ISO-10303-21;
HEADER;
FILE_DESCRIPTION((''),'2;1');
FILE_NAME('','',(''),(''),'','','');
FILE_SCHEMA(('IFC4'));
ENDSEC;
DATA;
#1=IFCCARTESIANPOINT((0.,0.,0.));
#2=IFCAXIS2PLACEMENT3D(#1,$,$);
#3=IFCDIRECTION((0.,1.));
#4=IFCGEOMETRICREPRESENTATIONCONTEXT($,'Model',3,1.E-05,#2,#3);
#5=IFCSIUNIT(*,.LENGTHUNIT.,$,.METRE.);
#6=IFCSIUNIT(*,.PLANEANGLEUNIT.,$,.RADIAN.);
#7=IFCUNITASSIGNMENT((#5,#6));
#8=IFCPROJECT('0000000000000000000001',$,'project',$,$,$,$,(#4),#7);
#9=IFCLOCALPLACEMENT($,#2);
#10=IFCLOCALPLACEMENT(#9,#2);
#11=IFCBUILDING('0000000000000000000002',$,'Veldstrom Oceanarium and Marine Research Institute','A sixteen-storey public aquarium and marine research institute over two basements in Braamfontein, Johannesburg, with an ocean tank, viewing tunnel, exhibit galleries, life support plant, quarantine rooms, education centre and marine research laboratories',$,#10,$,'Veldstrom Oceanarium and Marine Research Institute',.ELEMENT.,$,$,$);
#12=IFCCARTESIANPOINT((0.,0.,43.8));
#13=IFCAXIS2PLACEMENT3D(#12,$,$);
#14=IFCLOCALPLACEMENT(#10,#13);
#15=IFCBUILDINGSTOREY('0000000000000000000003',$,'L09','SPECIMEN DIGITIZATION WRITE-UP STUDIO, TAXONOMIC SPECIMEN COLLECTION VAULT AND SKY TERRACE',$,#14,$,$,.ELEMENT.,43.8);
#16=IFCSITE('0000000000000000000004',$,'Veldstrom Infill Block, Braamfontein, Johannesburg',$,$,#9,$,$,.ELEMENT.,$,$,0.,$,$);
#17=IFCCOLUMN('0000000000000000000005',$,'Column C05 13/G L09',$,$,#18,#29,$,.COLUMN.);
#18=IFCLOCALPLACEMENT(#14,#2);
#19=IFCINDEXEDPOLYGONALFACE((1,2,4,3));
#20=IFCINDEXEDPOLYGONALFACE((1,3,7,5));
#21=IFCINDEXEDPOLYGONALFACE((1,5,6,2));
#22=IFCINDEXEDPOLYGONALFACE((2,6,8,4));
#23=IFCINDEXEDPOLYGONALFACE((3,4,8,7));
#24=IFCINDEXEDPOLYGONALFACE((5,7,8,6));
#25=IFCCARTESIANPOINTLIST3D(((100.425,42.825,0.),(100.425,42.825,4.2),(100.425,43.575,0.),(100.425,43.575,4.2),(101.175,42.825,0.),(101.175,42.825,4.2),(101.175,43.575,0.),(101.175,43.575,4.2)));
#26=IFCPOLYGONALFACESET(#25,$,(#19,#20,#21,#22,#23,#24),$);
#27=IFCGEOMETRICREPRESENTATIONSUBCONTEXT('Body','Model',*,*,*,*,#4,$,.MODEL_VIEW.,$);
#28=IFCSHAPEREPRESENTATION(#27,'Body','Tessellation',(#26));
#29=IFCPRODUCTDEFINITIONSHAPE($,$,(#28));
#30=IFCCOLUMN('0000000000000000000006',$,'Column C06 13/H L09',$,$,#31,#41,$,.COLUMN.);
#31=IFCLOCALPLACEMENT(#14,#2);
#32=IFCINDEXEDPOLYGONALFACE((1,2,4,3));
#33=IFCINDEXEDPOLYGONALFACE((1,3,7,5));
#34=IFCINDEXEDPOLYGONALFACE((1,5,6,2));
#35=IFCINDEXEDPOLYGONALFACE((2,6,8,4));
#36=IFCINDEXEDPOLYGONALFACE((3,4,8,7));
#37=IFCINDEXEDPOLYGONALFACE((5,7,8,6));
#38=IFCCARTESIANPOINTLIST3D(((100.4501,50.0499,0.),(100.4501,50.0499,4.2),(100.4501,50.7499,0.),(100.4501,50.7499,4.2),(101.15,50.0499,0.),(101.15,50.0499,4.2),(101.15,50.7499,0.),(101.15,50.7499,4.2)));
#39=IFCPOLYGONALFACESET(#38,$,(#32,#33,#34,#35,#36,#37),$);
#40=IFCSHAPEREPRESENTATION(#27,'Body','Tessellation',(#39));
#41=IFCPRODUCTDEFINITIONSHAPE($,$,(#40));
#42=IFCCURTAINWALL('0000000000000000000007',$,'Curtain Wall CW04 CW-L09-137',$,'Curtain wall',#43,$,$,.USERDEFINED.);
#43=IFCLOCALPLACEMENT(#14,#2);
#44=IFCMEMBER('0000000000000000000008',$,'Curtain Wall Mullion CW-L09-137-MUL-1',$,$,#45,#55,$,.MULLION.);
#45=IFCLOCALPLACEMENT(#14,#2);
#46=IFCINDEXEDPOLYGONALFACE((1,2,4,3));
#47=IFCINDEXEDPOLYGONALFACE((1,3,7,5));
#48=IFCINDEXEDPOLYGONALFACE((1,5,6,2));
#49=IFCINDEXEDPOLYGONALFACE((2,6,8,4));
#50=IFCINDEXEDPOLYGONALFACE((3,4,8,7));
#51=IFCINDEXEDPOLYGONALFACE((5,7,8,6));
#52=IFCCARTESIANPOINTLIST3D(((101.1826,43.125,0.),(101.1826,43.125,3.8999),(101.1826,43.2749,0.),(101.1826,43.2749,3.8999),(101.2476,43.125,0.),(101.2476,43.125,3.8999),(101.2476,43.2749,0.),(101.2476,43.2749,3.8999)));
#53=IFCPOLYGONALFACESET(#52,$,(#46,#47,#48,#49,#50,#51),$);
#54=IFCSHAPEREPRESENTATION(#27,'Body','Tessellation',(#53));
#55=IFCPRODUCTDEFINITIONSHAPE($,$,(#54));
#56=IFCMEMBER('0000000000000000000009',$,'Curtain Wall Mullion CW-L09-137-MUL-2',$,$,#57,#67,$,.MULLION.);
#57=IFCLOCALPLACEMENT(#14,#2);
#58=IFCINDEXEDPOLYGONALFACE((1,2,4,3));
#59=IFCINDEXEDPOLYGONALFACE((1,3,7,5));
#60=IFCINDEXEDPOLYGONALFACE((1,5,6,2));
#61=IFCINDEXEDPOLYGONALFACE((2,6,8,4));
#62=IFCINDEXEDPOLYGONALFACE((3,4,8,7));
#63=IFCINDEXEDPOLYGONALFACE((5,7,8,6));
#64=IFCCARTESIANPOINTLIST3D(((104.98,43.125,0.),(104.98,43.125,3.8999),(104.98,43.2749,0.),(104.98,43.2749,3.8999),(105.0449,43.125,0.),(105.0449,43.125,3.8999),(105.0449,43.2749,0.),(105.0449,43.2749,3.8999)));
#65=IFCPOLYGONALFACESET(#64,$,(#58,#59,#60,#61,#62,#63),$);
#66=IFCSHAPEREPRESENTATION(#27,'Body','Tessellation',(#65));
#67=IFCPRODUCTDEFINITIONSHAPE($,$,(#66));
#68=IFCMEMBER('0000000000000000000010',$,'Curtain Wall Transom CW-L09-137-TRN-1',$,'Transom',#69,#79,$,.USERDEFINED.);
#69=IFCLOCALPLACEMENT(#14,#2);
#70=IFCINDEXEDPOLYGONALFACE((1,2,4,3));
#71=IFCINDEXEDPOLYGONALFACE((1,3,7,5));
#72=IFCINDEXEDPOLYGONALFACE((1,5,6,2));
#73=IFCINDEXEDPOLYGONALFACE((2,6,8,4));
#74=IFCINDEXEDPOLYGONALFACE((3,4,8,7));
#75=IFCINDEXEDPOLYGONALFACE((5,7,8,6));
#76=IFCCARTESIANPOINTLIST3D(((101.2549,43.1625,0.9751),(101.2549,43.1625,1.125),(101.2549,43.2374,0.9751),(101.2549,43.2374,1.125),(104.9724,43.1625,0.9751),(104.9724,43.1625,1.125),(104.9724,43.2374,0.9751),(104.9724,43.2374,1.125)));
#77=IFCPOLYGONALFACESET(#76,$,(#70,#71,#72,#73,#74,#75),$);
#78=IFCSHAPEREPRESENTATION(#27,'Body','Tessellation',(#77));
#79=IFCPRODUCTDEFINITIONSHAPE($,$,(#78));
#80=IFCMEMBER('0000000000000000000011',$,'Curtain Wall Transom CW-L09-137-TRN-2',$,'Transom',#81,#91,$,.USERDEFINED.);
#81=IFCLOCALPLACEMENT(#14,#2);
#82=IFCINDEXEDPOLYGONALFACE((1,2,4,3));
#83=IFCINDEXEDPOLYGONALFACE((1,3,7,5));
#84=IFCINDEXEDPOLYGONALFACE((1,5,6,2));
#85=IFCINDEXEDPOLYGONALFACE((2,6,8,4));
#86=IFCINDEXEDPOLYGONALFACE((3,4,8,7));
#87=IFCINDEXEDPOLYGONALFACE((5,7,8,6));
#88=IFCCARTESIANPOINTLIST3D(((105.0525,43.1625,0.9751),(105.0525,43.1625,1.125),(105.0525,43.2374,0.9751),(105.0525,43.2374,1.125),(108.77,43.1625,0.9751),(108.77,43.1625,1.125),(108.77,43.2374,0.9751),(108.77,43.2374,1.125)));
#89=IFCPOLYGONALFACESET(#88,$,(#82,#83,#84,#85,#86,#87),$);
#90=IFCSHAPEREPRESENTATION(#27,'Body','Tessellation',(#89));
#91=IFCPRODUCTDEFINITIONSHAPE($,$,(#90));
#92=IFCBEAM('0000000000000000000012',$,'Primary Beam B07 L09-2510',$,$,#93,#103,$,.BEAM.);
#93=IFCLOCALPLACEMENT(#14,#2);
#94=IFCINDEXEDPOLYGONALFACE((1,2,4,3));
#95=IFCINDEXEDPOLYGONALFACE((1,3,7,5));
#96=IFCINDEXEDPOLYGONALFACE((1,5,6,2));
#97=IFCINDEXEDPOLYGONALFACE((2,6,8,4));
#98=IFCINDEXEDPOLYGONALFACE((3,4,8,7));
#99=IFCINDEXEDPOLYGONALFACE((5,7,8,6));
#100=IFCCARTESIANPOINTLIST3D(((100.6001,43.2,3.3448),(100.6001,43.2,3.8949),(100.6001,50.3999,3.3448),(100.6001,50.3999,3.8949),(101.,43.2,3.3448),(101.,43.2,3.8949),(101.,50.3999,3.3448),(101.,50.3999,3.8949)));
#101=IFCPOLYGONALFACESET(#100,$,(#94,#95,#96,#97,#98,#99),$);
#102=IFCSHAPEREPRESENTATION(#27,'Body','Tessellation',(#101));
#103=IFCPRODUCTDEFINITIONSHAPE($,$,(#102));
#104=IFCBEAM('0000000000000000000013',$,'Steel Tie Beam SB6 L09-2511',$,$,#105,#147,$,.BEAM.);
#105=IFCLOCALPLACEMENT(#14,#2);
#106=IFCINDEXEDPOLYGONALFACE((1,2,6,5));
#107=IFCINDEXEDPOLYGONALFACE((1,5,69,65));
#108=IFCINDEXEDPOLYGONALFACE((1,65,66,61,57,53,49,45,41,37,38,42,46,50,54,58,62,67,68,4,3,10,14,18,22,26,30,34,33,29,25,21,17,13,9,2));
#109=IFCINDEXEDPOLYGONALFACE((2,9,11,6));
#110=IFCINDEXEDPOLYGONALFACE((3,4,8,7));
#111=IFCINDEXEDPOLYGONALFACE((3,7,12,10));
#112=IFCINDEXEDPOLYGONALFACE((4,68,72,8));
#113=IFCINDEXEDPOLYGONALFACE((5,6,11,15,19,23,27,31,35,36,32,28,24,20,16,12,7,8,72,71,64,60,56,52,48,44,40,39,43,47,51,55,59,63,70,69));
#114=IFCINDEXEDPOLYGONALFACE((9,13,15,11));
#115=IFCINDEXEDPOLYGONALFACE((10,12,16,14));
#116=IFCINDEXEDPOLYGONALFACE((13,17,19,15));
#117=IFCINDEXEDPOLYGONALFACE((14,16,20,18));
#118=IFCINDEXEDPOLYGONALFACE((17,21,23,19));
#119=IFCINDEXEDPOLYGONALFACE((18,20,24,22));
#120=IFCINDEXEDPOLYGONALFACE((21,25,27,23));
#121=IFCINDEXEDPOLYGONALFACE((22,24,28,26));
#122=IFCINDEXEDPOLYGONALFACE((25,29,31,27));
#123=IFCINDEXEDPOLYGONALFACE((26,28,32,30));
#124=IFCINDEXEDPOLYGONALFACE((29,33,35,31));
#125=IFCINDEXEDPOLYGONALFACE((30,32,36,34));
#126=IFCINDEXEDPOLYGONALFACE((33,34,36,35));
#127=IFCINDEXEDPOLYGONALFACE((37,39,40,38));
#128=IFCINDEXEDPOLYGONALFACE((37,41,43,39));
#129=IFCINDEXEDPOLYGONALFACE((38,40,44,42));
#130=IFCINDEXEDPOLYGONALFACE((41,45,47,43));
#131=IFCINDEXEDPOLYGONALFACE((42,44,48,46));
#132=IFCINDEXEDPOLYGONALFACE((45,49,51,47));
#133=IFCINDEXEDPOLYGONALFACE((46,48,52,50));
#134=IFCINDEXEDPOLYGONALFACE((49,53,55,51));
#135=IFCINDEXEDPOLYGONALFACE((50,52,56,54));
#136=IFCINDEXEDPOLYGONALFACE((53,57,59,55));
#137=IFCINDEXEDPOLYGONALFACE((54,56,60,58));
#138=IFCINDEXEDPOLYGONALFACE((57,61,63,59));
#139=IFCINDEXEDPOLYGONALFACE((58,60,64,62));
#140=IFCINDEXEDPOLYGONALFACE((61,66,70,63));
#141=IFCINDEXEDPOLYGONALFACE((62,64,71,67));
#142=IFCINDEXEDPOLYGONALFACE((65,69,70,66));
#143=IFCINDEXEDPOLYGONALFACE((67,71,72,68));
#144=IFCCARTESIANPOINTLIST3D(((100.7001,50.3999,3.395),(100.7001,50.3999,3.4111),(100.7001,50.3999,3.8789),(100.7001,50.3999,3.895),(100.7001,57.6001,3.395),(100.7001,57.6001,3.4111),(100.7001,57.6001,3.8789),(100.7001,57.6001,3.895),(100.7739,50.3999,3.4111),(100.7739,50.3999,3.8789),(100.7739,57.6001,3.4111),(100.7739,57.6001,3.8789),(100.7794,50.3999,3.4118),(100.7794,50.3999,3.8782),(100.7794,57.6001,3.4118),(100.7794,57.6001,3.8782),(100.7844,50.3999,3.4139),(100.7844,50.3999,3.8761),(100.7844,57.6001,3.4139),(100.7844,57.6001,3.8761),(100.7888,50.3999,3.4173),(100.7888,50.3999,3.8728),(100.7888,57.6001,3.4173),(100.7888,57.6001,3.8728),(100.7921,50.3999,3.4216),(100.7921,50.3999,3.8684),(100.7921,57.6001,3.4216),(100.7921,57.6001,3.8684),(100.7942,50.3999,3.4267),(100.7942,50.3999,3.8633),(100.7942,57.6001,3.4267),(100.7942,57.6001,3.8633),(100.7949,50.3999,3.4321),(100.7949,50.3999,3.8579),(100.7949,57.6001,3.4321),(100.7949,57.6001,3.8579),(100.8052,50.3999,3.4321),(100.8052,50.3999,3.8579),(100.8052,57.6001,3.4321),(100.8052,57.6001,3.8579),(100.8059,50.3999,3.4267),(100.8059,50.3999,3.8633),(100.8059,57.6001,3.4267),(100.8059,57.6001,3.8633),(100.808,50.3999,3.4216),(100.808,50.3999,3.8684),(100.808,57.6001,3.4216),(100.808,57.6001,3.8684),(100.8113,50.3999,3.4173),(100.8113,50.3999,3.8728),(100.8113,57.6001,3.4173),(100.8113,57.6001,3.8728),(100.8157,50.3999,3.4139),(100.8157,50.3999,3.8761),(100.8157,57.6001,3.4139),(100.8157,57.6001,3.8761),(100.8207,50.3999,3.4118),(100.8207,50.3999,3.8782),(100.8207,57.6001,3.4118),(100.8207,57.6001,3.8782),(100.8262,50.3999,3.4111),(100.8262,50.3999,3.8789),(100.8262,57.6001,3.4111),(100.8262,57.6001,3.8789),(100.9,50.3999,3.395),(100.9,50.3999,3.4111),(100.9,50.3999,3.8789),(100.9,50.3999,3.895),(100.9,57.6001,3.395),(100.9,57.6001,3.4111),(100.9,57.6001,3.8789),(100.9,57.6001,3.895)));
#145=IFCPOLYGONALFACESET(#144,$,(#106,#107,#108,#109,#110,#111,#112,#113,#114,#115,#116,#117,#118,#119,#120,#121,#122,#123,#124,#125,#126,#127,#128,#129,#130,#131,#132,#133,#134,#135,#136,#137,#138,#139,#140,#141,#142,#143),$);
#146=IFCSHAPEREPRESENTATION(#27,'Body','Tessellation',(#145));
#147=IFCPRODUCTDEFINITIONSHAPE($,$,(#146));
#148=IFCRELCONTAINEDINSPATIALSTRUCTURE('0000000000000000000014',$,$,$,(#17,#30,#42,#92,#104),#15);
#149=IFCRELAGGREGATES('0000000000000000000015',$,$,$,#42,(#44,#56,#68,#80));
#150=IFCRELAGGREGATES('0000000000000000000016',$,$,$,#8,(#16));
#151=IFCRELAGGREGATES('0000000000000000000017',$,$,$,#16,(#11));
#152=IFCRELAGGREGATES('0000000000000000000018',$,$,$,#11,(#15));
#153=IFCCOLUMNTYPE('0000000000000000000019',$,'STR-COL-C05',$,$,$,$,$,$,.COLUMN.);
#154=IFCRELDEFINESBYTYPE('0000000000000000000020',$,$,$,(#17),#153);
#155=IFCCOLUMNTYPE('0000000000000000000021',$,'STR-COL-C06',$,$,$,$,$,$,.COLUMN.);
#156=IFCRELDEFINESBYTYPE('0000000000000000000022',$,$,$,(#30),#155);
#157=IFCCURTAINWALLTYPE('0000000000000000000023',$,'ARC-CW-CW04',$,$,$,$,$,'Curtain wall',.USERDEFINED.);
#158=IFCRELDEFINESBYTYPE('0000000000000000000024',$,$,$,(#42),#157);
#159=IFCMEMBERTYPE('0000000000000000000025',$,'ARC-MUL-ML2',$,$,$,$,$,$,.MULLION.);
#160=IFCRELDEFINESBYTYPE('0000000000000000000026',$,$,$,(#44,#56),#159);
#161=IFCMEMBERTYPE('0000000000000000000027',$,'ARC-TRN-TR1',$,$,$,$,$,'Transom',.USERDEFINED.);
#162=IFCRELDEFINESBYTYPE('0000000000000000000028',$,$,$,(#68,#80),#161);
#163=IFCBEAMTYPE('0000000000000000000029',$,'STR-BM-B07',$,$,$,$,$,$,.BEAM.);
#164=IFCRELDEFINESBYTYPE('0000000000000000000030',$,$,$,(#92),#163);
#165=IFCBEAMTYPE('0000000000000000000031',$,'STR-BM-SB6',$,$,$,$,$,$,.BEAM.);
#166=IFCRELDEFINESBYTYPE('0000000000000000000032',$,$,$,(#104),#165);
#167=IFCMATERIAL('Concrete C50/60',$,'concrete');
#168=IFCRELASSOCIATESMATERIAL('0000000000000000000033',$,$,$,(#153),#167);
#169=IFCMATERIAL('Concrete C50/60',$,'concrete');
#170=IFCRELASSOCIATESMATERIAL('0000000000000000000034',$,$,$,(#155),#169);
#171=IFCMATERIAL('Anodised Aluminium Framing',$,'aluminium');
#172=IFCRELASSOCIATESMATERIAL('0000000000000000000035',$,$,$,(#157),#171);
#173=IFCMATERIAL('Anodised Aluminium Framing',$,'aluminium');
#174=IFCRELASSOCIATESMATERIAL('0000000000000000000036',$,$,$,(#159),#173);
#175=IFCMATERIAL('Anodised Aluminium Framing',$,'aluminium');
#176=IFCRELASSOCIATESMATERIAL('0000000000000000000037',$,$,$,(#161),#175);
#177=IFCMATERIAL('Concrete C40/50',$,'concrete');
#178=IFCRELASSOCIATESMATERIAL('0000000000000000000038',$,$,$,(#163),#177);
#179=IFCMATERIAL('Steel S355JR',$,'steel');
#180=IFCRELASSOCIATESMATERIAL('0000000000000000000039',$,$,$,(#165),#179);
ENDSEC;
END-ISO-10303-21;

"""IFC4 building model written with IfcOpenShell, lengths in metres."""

from ifc_helpers import new_model, si_unit, direction, frame, origin, origin_2d, place, context, subcontext, project, spatial, rectangle, i_section, extrude, material, material_profile, profile_set, type_object, element, aggregate, save


model = new_model("IFC4")

# Units and contexts
model_context = context("Model", 3, precision=1e-05, world=origin(), true_north=direction((0.0, 1.0)))
body_context = subcontext(model_context, "Body", "Model", "MODEL_VIEW")
ifc_project = project(units=[si_unit("LENGTHUNIT", "METRE"), si_unit("PLANEANGLEUNIT", "RADIAN")], contexts=[model_context])

# Site, building, storey
site_placement = place(None, origin())
site = spatial("IfcSite", under=ifc_project, at=site_placement, Name="Veldstrom Infill Block, Braamfontein, Johannesburg", CompositionType="ELEMENT", RefElevation=0.0)
building_placement = place(site_placement, origin())
building = spatial("IfcBuilding", under=site, at=building_placement, Name="Veldstrom Oceanarium and Marine Research Institute", Description="A sixteen-storey public aquarium and marine research institute over two basements in Braamfontein, Johannesburg, with an ocean tank, viewing tunnel, exhibit galleries, life support plant, quarantine rooms, education centre and marine research laboratories", LongName="Veldstrom Oceanarium and Marine Research Institute", CompositionType="ELEMENT")
storey_placement = place(building_placement, frame((0.0, 0.0, 43.8)))
storey = spatial("IfcBuildingStorey", under=building, at=storey_placement, Name="L09", Description="SPECIMEN DIGITIZATION WRITE-UP STUDIO, TAXONOMIC SPECIMEN COLLECTION VAULT AND SKY TERRACE", CompositionType="ELEMENT", Elevation=43.8)

# Columns
ifc_material_1 = material(Name="Concrete C50/60", Category="concrete")
ifc_material_profile_1 = material_profile(ifc_material_1, rectangle(XDim=0.75, YDim=0.75, at=origin_2d()), Name="RC-COL-750x750")
ifc_profile_set_1 = profile_set([ifc_material_profile_1], Name="Concrete C50/60")
column_type_1 = type_object("IfcColumnType", Name="STR-COL-C05", PredefinedType="COLUMN", material=ifc_profile_set_1)
column_1_placement = place(storey_placement, frame((100.8, 43.2, 0.0), z_axis=(0.0, 0.0, 1.0), x_axis=(1.0, 0.0, 0.0)))
element("IfcColumn", 1, at=column_1_placement, inside=storey, type_object=column_type_1, Name="Column C05 13/G L09", PredefinedType="COLUMN", context=body_context, shape_type="SweptSolid", body=[
    extrude(rectangle(XDim=0.75, YDim=0.75, at=origin_2d()), origin(), (0.0, 0.0, 1.0), 4.2),
])
ifc_material_2 = material(Name="Concrete C50/60", Category="concrete")
ifc_material_profile_2 = material_profile(ifc_material_2, rectangle(XDim=0.7, YDim=0.7, at=origin_2d()), Name="RC-COL-700x700")
ifc_profile_set_2 = profile_set([ifc_material_profile_2], Name="Concrete C50/60")
column_type_2 = type_object("IfcColumnType", Name="STR-COL-C06", PredefinedType="COLUMN", material=ifc_profile_set_2)
column_2_placement = place(storey_placement, frame((100.8, 50.3999, 0.0), z_axis=(0.0, 0.0, 1.0), x_axis=(1.0, 0.0, 0.0)))
element("IfcColumn", 2, at=column_2_placement, inside=storey, type_object=column_type_2, Name="Column C06 13/H L09", PredefinedType="COLUMN", context=body_context, shape_type="SweptSolid", body=[
    extrude(rectangle(XDim=0.7, YDim=0.7, at=origin_2d()), origin(), (0.0, 0.0, 1.0), 4.2),
])

# Curtain wall, members
ifc_material_3 = material(Name="Anodised Aluminium Framing", Category="aluminium")
curtain_wall_type = type_object("IfcCurtainWallType", Name="ARC-CW-CW04", ElementType="Curtain wall", PredefinedType="USERDEFINED", material=ifc_material_3)
curtain_wall_placement = place(storey_placement, origin())
curtain_wall = element("IfcCurtainWall", 3, at=curtain_wall_placement, inside=storey, type_object=curtain_wall_type, Name="Curtain Wall CW04 CW-L09-137", ObjectType="Curtain wall", PredefinedType="USERDEFINED")
ifc_material_4 = material(Name="Anodised Aluminium Framing", Category="aluminium")
ifc_material_profile_3 = material_profile(ifc_material_4, rectangle(XDim=0.0649, YDim=0.1499, at=origin_2d()), Name="ALU-MUL-65x150")
ifc_profile_set_3 = profile_set([ifc_material_profile_3], Name="Anodised Aluminium Framing")
member_type_1 = type_object("IfcMemberType", Name="ARC-MUL-ML2", PredefinedType="MULLION", material=ifc_profile_set_3)
member_1_placement = place(storey_placement, frame((101.2151, 43.2, 0.0), z_axis=(0.0, 0.0, 1.0), x_axis=(1.0, 0.0, 0.0)))
member_1 = element("IfcMember", 4, at=member_1_placement, type_object=member_type_1, Name="Curtain Wall Mullion CW-L09-137-MUL-1", PredefinedType="MULLION", context=body_context, shape_type="SweptSolid", body=[
    extrude(rectangle(XDim=0.0649, YDim=0.1499, at=origin_2d()), origin(), (0.0, 0.0, 1.0), 3.8999),
])
member_2_placement = place(storey_placement, frame((105.0125, 43.2, 0.0), z_axis=(0.0, 0.0, 1.0), x_axis=(1.0, 0.0, 0.0)))
member_2 = element("IfcMember", 5, at=member_2_placement, type_object=member_type_1, Name="Curtain Wall Mullion CW-L09-137-MUL-2", PredefinedType="MULLION", context=body_context, shape_type="SweptSolid", body=[
    extrude(rectangle(XDim=0.0649, YDim=0.1499, at=origin_2d()), origin(), (0.0, 0.0, 1.0), 3.8999),
])
ifc_material_5 = material(Name="Anodised Aluminium Framing", Category="aluminium")
ifc_material_profile_4 = material_profile(ifc_material_5, rectangle(XDim=0.075, YDim=0.1499, at=origin_2d()), Name="ALU-TRN-75x150")
ifc_profile_set_4 = profile_set([ifc_material_profile_4], Name="Anodised Aluminium Framing")
member_type_2 = type_object("IfcMemberType", Name="ARC-TRN-TR1", ElementType="Transom", PredefinedType="USERDEFINED", material=ifc_profile_set_4)
member_3_placement = place(storey_placement, frame((101.2549, 43.2, 1.05), z_axis=(1.0, 0.0, 0.0), x_axis=(0.0, 1.0, 0.0)))
member_3 = element("IfcMember", 6, at=member_3_placement, type_object=member_type_2, Name="Curtain Wall Transom CW-L09-137-TRN-1", ObjectType="Transom", PredefinedType="USERDEFINED", context=body_context, shape_type="SweptSolid", body=[
    extrude(rectangle(XDim=0.075, YDim=0.1499, at=origin_2d()), origin(), (0.0, 0.0, 1.0), 3.7175),
])
member_4_placement = place(storey_placement, frame((105.0525, 43.2, 1.05), z_axis=(1.0, 0.0, 0.0), x_axis=(0.0, 1.0, 0.0)))
member_4 = element("IfcMember", 7, at=member_4_placement, type_object=member_type_2, Name="Curtain Wall Transom CW-L09-137-TRN-2", ObjectType="Transom", PredefinedType="USERDEFINED", context=body_context, shape_type="SweptSolid", body=[
    extrude(rectangle(XDim=0.075, YDim=0.1499, at=origin_2d()), origin(), (0.0, 0.0, 1.0), 3.7175),
])

# Beams
ifc_material_6 = material(Name="Concrete C40/50", Category="concrete")
ifc_material_profile_5 = material_profile(ifc_material_6, rectangle(XDim=0.3999, YDim=0.55, at=origin_2d()), Name="RC-BM-400x550")
ifc_profile_set_5 = profile_set([ifc_material_profile_5], Name="Concrete C40/50")
beam_type_1 = type_object("IfcBeamType", Name="STR-BM-B07", PredefinedType="BEAM", material=ifc_profile_set_5)
beam_1_placement = place(storey_placement, frame((100.8, 43.2, 3.6199), z_axis=(0.0, 1.0, 0.0), x_axis=(-1.0, 0.0, 0.0)))
element("IfcBeam", 8, at=beam_1_placement, inside=storey, type_object=beam_type_1, Name="Primary Beam B07 L09-2510", PredefinedType="BEAM", context=body_context, shape_type="SweptSolid", body=[
    extrude(rectangle(XDim=0.3999, YDim=0.55, at=origin_2d()), origin(), (0.0, 0.0, 1.0), 7.2),
])
ifc_material_7 = material(Name="Steel S355JR", Category="steel")
ifc_material_profile_6 = material_profile(ifc_material_7, i_section(OverallWidth=0.2, OverallDepth=0.5, WebThickness=0.0103, FlangeThickness=0.0161, FilletRadius=0.021, at=origin_2d()), Name="IPE 500")
ifc_profile_set_6 = profile_set([ifc_material_profile_6], Name="Steel S355JR")
beam_type_2 = type_object("IfcBeamType", Name="STR-BM-SB6", PredefinedType="BEAM", material=ifc_profile_set_6)
beam_2_placement = place(storey_placement, frame((100.8, 50.3999, 3.645), z_axis=(0.0, 1.0, 0.0), x_axis=(-1.0, 0.0, 0.0)))
element("IfcBeam", 9, at=beam_2_placement, inside=storey, type_object=beam_type_2, Name="Steel Tie Beam SB6 L09-2511", PredefinedType="BEAM", context=body_context, shape_type="SweptSolid", body=[
    extrude(i_section(OverallWidth=0.2, OverallDepth=0.5, WebThickness=0.0103, FlangeThickness=0.0161, FilletRadius=0.021, at=origin_2d()), origin(), (0.0, 0.0, 1.0), 7.2002),
])

aggregate(curtain_wall, [member_1, member_2, member_3, member_4])

save(model, "model.ifc")
